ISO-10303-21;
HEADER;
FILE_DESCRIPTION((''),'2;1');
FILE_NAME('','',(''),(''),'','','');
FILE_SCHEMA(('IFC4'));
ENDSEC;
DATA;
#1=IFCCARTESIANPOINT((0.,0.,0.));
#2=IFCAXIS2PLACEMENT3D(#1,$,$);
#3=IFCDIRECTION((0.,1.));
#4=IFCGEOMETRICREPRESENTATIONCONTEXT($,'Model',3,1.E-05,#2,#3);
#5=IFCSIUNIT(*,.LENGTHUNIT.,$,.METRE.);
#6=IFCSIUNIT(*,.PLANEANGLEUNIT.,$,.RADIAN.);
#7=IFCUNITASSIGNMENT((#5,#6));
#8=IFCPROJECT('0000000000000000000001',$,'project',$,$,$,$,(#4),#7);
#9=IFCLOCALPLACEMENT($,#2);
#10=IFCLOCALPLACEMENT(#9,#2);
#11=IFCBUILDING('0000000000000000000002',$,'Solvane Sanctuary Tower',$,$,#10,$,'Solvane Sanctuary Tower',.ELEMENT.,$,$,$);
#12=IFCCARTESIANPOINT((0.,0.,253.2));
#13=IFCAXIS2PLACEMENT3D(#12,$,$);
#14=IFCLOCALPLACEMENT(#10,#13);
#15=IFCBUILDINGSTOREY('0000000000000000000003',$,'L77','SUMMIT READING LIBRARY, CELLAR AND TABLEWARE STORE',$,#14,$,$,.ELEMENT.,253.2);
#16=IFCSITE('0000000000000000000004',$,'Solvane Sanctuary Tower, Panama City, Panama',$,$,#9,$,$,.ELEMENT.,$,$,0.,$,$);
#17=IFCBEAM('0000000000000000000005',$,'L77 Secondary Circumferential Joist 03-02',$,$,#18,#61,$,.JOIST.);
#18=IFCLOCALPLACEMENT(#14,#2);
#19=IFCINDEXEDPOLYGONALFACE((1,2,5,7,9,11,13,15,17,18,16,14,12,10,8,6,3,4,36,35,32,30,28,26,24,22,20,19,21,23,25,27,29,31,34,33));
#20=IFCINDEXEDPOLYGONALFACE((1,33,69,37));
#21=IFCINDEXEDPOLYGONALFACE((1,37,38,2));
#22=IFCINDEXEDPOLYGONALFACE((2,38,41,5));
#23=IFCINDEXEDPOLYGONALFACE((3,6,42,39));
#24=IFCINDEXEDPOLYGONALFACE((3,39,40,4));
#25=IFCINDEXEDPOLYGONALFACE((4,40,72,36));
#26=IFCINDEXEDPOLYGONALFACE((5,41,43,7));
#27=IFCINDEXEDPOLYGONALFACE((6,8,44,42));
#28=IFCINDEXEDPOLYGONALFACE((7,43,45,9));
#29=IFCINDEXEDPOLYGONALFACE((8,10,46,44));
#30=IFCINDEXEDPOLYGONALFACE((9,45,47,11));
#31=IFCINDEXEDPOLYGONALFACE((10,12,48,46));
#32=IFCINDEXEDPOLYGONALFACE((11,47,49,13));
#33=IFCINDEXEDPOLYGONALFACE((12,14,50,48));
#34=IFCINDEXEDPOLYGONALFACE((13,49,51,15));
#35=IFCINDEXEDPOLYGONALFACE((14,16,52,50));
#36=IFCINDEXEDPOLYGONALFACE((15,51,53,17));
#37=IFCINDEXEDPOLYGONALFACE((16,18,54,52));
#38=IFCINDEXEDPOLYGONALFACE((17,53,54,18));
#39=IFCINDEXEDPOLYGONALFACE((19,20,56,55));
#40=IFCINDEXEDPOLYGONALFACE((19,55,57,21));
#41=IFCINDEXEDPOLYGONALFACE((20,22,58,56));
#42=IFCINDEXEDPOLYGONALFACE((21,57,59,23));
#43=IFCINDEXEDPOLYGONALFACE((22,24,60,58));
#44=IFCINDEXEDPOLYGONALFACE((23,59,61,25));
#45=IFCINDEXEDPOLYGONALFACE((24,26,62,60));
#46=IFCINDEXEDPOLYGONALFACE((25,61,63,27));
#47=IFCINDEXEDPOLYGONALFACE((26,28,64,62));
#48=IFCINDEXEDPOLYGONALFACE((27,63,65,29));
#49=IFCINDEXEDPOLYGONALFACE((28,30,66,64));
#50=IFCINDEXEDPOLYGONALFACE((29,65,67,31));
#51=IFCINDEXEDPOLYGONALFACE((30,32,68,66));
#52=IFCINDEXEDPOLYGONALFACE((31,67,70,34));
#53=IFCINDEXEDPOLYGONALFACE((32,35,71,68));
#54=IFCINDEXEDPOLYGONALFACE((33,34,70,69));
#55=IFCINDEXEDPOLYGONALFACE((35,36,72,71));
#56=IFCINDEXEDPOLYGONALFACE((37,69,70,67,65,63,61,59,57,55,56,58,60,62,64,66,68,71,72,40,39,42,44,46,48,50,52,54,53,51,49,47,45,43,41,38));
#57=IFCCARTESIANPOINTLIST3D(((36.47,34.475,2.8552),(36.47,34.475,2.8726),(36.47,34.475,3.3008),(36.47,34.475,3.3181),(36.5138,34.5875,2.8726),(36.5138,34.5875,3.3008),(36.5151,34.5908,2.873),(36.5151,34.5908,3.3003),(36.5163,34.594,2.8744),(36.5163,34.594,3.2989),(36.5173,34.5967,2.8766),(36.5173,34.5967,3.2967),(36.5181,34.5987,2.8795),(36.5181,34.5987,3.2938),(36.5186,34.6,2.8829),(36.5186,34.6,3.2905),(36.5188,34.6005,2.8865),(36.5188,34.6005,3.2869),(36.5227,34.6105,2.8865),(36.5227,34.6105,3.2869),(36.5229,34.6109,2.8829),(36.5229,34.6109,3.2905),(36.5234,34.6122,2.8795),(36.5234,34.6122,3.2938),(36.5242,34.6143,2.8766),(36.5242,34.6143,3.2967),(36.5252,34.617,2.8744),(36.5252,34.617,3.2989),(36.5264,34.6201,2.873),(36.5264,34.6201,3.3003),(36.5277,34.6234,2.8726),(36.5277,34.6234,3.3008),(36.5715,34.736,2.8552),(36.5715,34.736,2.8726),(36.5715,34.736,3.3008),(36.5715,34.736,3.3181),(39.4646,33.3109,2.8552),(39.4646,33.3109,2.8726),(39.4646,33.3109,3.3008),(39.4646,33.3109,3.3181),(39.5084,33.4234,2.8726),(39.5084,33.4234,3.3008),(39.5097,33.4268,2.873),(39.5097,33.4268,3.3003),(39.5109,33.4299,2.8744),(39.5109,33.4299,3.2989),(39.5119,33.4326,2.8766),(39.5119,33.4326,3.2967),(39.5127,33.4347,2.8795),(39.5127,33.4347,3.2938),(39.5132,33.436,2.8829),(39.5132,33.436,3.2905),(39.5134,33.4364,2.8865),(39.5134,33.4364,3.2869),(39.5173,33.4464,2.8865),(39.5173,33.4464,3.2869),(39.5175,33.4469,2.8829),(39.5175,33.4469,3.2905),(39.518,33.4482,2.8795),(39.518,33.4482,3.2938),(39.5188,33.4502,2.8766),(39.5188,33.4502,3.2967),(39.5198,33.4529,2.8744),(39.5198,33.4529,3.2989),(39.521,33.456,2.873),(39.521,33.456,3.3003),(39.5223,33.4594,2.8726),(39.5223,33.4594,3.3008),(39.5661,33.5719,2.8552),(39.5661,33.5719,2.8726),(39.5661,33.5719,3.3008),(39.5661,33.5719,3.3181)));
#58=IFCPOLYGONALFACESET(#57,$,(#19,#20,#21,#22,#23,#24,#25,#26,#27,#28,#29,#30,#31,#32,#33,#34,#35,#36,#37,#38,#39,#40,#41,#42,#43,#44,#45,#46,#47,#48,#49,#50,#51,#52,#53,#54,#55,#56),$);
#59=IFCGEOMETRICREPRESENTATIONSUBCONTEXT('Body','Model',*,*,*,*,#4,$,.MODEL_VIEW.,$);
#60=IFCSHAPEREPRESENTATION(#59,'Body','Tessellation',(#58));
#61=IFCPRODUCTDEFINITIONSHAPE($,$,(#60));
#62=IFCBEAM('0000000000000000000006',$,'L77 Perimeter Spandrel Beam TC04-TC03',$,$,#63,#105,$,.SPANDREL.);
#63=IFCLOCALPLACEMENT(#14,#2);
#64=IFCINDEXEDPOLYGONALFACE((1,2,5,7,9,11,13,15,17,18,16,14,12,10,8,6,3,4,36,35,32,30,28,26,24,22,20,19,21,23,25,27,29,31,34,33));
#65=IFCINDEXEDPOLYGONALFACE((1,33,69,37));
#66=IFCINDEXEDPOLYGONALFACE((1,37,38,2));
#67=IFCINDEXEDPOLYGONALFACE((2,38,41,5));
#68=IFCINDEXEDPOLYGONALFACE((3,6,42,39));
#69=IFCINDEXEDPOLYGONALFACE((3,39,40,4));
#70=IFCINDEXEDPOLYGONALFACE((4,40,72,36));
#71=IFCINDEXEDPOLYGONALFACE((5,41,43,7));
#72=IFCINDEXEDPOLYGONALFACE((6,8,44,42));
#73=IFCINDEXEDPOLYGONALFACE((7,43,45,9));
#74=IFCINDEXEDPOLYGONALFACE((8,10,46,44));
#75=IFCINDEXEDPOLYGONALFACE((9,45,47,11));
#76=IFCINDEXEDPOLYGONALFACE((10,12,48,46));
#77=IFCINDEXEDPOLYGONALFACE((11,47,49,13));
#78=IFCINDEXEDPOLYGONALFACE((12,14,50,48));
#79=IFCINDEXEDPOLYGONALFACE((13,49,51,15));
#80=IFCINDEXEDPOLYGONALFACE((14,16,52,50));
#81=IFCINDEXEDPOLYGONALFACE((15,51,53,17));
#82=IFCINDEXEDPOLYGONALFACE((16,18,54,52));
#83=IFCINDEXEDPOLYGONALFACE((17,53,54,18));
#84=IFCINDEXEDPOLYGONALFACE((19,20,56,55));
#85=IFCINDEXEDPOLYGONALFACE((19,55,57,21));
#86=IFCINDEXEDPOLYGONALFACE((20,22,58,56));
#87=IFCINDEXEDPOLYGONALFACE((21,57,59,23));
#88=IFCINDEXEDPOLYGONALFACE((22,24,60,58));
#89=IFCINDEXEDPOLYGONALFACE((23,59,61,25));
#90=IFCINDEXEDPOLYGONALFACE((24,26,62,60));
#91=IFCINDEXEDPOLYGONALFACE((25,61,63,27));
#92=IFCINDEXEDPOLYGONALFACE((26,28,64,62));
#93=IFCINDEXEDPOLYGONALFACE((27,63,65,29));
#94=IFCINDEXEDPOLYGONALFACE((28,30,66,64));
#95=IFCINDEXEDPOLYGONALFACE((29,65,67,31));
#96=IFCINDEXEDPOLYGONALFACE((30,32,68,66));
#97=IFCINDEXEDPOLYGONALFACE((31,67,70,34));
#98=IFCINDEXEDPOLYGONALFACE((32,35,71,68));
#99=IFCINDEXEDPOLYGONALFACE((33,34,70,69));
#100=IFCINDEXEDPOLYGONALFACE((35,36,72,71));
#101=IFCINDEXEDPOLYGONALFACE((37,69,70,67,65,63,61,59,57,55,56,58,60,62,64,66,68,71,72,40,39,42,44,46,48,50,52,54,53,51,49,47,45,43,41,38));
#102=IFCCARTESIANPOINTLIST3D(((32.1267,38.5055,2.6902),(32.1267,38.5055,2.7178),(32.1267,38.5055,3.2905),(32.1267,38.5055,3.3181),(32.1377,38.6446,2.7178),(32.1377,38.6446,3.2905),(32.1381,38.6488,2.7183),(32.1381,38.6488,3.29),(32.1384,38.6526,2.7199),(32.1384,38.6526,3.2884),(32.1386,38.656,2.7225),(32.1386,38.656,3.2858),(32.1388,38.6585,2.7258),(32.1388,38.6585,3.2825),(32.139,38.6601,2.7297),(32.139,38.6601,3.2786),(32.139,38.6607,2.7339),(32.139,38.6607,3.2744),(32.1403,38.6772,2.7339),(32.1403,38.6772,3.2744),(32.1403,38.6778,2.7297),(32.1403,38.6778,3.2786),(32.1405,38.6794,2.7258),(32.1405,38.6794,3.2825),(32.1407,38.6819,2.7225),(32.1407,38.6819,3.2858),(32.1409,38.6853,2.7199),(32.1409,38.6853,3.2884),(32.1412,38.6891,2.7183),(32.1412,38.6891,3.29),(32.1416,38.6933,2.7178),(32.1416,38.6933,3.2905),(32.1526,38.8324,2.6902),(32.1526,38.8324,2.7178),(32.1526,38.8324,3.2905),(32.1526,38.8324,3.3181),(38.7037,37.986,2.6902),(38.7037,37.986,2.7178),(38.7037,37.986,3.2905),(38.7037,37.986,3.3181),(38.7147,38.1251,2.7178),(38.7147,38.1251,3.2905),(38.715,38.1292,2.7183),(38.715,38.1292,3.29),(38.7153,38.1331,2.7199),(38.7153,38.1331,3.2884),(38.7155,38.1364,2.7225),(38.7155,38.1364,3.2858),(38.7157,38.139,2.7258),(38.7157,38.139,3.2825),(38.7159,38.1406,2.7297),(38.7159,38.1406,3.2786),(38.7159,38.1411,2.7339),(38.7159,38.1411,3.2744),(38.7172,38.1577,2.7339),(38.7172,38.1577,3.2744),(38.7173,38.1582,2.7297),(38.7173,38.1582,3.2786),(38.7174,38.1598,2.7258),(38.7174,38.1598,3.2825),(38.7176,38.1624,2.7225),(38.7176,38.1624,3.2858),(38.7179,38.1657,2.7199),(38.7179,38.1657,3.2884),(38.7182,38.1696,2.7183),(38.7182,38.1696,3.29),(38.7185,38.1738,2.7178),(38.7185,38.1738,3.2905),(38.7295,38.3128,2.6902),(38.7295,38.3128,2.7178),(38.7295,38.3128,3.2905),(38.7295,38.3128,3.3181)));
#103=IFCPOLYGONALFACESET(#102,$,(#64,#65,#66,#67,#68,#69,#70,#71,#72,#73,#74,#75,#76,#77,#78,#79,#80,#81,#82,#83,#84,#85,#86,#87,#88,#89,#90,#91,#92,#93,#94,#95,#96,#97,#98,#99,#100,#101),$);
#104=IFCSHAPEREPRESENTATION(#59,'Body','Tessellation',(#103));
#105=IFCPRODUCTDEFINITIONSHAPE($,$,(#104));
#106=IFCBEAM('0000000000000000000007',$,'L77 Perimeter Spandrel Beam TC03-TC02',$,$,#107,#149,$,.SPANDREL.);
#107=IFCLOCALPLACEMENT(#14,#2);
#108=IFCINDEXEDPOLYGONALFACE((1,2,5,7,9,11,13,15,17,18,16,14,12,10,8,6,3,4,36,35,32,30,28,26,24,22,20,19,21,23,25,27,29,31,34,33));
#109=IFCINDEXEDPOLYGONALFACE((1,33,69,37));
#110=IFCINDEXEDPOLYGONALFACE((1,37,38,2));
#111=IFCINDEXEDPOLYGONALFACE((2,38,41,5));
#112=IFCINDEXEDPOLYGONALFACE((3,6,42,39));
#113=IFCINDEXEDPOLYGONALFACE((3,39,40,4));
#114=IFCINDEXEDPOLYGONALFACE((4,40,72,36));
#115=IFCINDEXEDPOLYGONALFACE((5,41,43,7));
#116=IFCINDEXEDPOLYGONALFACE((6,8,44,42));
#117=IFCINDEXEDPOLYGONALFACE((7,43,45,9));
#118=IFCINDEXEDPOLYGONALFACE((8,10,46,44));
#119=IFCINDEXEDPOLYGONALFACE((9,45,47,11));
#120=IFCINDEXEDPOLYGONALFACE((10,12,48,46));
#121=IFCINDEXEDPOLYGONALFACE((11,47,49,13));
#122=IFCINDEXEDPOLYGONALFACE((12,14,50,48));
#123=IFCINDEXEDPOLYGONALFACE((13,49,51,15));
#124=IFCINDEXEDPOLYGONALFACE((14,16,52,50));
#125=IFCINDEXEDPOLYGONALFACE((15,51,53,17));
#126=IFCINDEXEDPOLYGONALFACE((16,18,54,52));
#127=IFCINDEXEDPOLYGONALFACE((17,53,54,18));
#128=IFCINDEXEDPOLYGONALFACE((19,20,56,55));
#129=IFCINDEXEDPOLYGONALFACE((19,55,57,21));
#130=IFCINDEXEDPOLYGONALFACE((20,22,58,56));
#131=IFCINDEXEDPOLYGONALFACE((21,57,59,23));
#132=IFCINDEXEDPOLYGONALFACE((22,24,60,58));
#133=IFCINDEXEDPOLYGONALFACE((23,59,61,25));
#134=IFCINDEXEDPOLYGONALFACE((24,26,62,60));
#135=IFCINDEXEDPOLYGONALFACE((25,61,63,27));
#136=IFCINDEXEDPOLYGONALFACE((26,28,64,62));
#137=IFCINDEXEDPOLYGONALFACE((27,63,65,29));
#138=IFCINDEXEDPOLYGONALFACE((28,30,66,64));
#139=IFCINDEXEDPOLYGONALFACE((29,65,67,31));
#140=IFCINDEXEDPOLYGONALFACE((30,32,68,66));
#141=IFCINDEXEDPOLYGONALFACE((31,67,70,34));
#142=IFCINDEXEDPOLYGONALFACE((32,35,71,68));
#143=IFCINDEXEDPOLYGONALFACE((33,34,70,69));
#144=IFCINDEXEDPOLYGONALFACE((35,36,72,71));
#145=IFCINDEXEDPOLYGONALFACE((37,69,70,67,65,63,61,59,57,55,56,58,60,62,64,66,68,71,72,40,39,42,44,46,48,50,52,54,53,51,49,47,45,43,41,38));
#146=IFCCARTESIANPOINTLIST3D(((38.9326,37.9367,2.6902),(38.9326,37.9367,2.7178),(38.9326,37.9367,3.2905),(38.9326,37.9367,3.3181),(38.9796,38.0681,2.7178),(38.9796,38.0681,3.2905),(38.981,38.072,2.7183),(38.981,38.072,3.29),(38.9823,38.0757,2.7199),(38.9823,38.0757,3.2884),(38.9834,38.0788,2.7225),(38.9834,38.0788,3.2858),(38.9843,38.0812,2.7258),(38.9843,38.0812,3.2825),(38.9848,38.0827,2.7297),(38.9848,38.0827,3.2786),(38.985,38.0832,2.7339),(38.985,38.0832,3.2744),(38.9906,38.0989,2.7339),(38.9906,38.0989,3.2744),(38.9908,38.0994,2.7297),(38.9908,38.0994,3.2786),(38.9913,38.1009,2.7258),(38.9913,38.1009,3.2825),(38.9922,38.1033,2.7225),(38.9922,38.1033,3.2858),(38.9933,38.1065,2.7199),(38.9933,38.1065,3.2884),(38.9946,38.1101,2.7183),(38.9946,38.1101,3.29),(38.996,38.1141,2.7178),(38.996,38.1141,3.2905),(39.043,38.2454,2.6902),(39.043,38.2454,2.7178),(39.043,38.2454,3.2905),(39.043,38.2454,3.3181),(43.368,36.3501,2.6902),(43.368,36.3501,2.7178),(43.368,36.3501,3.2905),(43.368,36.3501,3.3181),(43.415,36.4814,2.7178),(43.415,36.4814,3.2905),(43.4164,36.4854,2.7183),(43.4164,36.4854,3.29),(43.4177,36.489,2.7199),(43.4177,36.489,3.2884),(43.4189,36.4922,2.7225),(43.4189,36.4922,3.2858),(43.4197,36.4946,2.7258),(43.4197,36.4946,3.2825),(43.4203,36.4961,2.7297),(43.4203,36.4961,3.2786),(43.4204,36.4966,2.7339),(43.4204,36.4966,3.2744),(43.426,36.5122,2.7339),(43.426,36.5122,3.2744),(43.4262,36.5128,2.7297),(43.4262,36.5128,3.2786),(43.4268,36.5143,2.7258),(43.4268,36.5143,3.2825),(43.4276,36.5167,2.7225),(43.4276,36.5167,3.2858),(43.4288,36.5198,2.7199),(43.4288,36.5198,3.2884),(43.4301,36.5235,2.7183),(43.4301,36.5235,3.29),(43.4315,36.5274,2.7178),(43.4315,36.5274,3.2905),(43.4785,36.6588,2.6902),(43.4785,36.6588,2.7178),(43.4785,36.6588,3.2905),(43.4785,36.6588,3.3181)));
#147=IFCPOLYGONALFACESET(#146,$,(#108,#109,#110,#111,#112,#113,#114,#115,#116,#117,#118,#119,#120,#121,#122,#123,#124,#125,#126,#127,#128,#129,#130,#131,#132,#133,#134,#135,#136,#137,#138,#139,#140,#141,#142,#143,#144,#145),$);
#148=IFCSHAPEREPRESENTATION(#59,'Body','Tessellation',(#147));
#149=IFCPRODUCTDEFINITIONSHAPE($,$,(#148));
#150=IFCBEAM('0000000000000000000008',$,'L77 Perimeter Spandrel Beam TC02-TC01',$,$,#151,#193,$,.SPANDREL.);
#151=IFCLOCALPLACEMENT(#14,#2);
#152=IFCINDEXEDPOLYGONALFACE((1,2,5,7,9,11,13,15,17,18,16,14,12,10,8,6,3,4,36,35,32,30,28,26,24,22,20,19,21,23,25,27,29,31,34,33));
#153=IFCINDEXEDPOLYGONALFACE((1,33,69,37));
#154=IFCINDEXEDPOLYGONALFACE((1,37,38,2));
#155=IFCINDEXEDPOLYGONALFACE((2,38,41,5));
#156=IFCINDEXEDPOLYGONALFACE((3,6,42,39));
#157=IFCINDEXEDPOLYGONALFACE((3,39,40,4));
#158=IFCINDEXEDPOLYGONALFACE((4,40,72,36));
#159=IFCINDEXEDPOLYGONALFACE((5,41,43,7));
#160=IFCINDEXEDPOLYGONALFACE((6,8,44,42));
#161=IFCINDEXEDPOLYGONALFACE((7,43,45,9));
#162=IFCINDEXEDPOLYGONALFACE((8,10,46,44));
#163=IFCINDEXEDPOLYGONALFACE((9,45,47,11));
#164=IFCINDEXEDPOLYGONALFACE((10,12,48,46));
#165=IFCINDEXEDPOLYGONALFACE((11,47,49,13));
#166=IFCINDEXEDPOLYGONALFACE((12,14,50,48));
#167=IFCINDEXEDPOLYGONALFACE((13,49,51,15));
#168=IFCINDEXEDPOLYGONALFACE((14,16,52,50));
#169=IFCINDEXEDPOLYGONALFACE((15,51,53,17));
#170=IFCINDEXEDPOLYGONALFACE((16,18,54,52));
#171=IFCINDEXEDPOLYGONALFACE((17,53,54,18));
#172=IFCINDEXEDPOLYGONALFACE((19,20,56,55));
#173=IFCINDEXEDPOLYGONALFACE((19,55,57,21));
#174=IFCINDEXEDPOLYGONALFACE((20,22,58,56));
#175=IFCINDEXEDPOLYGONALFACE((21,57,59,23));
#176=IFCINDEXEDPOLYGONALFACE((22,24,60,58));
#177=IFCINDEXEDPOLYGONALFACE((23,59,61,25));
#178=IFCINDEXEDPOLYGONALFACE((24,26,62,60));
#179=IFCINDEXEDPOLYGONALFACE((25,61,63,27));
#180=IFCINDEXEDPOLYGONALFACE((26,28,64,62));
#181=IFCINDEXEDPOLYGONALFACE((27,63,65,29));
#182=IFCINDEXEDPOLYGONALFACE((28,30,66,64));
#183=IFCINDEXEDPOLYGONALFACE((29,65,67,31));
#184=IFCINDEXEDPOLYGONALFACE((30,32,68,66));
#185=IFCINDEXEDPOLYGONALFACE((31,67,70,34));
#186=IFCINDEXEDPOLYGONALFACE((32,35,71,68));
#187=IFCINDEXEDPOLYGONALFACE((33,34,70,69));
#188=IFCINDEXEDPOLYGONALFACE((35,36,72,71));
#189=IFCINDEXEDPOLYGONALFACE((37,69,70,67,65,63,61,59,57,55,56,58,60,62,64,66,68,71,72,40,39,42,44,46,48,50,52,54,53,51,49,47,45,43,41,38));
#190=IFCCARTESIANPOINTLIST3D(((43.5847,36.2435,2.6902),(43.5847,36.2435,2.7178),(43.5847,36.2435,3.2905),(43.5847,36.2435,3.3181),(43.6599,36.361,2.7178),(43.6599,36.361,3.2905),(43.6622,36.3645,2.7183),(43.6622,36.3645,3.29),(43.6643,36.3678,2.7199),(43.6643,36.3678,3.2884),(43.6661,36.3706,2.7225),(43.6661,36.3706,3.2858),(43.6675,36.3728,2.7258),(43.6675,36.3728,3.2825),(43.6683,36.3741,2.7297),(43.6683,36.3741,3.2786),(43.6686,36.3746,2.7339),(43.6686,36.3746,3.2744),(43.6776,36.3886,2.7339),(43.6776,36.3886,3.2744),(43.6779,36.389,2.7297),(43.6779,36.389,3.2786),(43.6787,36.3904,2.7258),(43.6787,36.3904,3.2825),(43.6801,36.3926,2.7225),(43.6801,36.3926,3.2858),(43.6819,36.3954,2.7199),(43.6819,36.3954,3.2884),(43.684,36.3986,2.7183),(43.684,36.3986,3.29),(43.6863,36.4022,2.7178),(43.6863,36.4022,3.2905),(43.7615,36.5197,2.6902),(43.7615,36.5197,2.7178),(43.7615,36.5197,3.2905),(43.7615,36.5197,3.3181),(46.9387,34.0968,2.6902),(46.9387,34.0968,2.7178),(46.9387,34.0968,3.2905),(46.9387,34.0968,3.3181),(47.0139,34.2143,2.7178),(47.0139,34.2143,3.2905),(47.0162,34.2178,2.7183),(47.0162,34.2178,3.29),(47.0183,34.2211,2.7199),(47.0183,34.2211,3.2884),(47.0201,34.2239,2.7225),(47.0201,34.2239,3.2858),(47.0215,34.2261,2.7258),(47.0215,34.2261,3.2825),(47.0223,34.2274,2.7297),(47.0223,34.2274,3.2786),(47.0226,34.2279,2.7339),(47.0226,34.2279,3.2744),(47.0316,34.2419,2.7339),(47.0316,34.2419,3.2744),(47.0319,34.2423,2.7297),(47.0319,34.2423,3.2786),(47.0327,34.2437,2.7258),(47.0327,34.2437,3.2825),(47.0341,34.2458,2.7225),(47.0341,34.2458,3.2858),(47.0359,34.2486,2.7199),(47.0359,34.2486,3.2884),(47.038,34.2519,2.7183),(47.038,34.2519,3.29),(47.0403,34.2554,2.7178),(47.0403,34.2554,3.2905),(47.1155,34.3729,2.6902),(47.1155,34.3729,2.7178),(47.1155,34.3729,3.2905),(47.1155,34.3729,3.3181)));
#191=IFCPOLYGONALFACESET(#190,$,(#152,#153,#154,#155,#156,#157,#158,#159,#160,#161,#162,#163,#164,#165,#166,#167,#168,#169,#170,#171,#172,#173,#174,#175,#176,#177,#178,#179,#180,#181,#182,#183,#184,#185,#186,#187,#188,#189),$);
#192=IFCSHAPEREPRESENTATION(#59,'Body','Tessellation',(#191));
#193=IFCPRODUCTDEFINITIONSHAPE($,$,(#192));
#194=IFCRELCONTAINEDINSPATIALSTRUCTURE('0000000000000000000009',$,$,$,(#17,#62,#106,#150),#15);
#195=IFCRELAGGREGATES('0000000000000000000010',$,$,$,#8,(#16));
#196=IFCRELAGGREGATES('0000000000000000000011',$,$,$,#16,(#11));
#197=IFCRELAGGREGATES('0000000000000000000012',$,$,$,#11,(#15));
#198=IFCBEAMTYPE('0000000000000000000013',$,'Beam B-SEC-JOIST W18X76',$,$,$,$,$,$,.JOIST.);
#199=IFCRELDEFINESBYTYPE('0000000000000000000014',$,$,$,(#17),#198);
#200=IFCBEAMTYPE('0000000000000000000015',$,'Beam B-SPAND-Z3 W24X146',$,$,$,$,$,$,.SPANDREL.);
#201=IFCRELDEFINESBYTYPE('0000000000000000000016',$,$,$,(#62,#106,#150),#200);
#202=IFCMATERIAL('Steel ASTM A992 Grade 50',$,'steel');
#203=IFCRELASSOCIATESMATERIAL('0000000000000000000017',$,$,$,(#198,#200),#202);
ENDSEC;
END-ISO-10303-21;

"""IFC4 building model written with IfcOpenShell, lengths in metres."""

from ifc_helpers import new_model, si_unit, direction, frame, origin, origin_2d, place, context, subcontext, project, spatial, i_section, extrude, material, material_profile, profile_set, type_object, element, save


model = new_model("IFC4")

# Units and contexts
model_context = context("Model", 3, precision=1e-05, world=origin(), true_north=direction((0.0, 1.0)))
body_context = subcontext(model_context, "Body", "Model", "MODEL_VIEW")
ifc_project = project(units=[si_unit("LENGTHUNIT", "METRE"), si_unit("PLANEANGLEUNIT", "RADIAN")], contexts=[model_context])

# Site, building, storey
site_placement = place(None, origin())
site = spatial("IfcSite", under=ifc_project, at=site_placement, Name="Solvane Sanctuary Tower, Panama City, Panama", CompositionType="ELEMENT", RefElevation=0.0)
building_placement = place(site_placement, origin())
building = spatial("IfcBuilding", under=site, at=building_placement, Name="Solvane Sanctuary Tower", LongName="Solvane Sanctuary Tower", CompositionType="ELEMENT")
storey_placement = place(building_placement, frame((0.0, 0.0, 253.2)))
storey = spatial("IfcBuildingStorey", under=building, at=storey_placement, Name="L77", Description="SUMMIT READING LIBRARY, CELLAR AND TABLEWARE STORE", CompositionType="ELEMENT", Elevation=253.2)

# Beams
ifc_material_1 = material(Name="Steel ASTM A992 Grade 50", Category="steel")
ifc_material_profile_1 = material_profile(ifc_material_1, i_section(OverallWidth=0.28, OverallDepth=0.4629, WebThickness=0.0107, FlangeThickness=0.0173, FilletRadius=0.0139, at=origin_2d()), Name="W18X76")
ifc_profile_set_1 = profile_set([ifc_material_profile_1], Name="Steel ASTM A992 Grade 50")
beam_type_1 = type_object("IfcBeamType", Name="Beam B-SEC-JOIST W18X76", PredefinedType="JOIST", material=ifc_profile_set_1)
beam_1_placement = place(storey_placement, frame((36.5208, 34.6055, 3.0867), z_axis=(0.932059, -0.362307, 0.0), x_axis=(0.362307, 0.932059, 0.0)))
element("IfcBeam", 1, at=beam_1_placement, inside=storey, type_object=beam_type_1, Name="L77 Secondary Circumferential Joist 03-02", PredefinedType="JOIST", context=body_context, shape_type="SweptSolid", body=[
    extrude(i_section(OverallWidth=0.28, OverallDepth=0.4629, WebThickness=0.0107, FlangeThickness=0.0173, FilletRadius=0.0139, at=origin_2d()), origin(), (0.0, 0.0, 1.0), 3.2129),
])
ifc_material_profile_2 = material_profile(ifc_material_1, i_section(OverallWidth=0.3279, OverallDepth=0.6279, WebThickness=0.0166, FlangeThickness=0.0276, FilletRadius=0.0161, at=origin_2d()), Name="W24X146")
ifc_profile_set_2 = profile_set([ifc_material_profile_2], Name="Steel ASTM A992 Grade 50")
beam_type_2 = type_object("IfcBeamType", Name="Beam B-SPAND-Z3 W24X146", PredefinedType="SPANDREL", material=ifc_profile_set_2)
beam_2_placement = place(storey_placement, frame((32.1396, 38.6689, 3.0042), z_axis=(0.996895, -0.078748, 0.0), x_axis=(0.078748, 0.996895, 0.0)))
element("IfcBeam", 2, at=beam_2_placement, inside=storey, type_object=beam_type_2, Name="L77 Perimeter Spandrel Beam TC04-TC03", PredefinedType="SPANDREL", context=body_context, shape_type="SweptSolid", body=[
    extrude(i_section(OverallWidth=0.3279, OverallDepth=0.6279, WebThickness=0.0166, FlangeThickness=0.0276, FilletRadius=0.0161, at=origin_2d()), origin(), (0.0, 0.0, 1.0), 6.5974),
])
beam_3_placement = place(storey_placement, frame((38.9878, 38.0911, 3.0042), z_axis=(0.941571, -0.336816, 0.0), x_axis=(0.336816, 0.941571, 0.0)))
element("IfcBeam", 3, at=beam_3_placement, inside=storey, type_object=beam_type_2, Name="L77 Perimeter Spandrel Beam TC03-TC02", PredefinedType="SPANDREL", context=body_context, shape_type="SweptSolid", body=[
    extrude(i_section(OverallWidth=0.3279, OverallDepth=0.6279, WebThickness=0.0166, FlangeThickness=0.0276, FilletRadius=0.0161, at=origin_2d()), origin(), (0.0, 0.0, 1.0), 4.7107),
])
beam_4_placement = place(storey_placement, frame((43.6731, 36.3816, 3.0042), z_axis=(0.842252, -0.539083, 0.0), x_axis=(0.539083, 0.842252, 0.0)))
element("IfcBeam", 4, at=beam_4_placement, inside=storey, type_object=beam_type_2, Name="L77 Perimeter Spandrel Beam TC02-TC01", PredefinedType="SPANDREL", context=body_context, shape_type="SweptSolid", body=[
    extrude(i_section(OverallWidth=0.3279, OverallDepth=0.6279, WebThickness=0.0166, FlangeThickness=0.0276, FilletRadius=0.0161, at=origin_2d()), origin(), (0.0, 0.0, 1.0), 3.9822),
])

save(model, "model.ifc")
